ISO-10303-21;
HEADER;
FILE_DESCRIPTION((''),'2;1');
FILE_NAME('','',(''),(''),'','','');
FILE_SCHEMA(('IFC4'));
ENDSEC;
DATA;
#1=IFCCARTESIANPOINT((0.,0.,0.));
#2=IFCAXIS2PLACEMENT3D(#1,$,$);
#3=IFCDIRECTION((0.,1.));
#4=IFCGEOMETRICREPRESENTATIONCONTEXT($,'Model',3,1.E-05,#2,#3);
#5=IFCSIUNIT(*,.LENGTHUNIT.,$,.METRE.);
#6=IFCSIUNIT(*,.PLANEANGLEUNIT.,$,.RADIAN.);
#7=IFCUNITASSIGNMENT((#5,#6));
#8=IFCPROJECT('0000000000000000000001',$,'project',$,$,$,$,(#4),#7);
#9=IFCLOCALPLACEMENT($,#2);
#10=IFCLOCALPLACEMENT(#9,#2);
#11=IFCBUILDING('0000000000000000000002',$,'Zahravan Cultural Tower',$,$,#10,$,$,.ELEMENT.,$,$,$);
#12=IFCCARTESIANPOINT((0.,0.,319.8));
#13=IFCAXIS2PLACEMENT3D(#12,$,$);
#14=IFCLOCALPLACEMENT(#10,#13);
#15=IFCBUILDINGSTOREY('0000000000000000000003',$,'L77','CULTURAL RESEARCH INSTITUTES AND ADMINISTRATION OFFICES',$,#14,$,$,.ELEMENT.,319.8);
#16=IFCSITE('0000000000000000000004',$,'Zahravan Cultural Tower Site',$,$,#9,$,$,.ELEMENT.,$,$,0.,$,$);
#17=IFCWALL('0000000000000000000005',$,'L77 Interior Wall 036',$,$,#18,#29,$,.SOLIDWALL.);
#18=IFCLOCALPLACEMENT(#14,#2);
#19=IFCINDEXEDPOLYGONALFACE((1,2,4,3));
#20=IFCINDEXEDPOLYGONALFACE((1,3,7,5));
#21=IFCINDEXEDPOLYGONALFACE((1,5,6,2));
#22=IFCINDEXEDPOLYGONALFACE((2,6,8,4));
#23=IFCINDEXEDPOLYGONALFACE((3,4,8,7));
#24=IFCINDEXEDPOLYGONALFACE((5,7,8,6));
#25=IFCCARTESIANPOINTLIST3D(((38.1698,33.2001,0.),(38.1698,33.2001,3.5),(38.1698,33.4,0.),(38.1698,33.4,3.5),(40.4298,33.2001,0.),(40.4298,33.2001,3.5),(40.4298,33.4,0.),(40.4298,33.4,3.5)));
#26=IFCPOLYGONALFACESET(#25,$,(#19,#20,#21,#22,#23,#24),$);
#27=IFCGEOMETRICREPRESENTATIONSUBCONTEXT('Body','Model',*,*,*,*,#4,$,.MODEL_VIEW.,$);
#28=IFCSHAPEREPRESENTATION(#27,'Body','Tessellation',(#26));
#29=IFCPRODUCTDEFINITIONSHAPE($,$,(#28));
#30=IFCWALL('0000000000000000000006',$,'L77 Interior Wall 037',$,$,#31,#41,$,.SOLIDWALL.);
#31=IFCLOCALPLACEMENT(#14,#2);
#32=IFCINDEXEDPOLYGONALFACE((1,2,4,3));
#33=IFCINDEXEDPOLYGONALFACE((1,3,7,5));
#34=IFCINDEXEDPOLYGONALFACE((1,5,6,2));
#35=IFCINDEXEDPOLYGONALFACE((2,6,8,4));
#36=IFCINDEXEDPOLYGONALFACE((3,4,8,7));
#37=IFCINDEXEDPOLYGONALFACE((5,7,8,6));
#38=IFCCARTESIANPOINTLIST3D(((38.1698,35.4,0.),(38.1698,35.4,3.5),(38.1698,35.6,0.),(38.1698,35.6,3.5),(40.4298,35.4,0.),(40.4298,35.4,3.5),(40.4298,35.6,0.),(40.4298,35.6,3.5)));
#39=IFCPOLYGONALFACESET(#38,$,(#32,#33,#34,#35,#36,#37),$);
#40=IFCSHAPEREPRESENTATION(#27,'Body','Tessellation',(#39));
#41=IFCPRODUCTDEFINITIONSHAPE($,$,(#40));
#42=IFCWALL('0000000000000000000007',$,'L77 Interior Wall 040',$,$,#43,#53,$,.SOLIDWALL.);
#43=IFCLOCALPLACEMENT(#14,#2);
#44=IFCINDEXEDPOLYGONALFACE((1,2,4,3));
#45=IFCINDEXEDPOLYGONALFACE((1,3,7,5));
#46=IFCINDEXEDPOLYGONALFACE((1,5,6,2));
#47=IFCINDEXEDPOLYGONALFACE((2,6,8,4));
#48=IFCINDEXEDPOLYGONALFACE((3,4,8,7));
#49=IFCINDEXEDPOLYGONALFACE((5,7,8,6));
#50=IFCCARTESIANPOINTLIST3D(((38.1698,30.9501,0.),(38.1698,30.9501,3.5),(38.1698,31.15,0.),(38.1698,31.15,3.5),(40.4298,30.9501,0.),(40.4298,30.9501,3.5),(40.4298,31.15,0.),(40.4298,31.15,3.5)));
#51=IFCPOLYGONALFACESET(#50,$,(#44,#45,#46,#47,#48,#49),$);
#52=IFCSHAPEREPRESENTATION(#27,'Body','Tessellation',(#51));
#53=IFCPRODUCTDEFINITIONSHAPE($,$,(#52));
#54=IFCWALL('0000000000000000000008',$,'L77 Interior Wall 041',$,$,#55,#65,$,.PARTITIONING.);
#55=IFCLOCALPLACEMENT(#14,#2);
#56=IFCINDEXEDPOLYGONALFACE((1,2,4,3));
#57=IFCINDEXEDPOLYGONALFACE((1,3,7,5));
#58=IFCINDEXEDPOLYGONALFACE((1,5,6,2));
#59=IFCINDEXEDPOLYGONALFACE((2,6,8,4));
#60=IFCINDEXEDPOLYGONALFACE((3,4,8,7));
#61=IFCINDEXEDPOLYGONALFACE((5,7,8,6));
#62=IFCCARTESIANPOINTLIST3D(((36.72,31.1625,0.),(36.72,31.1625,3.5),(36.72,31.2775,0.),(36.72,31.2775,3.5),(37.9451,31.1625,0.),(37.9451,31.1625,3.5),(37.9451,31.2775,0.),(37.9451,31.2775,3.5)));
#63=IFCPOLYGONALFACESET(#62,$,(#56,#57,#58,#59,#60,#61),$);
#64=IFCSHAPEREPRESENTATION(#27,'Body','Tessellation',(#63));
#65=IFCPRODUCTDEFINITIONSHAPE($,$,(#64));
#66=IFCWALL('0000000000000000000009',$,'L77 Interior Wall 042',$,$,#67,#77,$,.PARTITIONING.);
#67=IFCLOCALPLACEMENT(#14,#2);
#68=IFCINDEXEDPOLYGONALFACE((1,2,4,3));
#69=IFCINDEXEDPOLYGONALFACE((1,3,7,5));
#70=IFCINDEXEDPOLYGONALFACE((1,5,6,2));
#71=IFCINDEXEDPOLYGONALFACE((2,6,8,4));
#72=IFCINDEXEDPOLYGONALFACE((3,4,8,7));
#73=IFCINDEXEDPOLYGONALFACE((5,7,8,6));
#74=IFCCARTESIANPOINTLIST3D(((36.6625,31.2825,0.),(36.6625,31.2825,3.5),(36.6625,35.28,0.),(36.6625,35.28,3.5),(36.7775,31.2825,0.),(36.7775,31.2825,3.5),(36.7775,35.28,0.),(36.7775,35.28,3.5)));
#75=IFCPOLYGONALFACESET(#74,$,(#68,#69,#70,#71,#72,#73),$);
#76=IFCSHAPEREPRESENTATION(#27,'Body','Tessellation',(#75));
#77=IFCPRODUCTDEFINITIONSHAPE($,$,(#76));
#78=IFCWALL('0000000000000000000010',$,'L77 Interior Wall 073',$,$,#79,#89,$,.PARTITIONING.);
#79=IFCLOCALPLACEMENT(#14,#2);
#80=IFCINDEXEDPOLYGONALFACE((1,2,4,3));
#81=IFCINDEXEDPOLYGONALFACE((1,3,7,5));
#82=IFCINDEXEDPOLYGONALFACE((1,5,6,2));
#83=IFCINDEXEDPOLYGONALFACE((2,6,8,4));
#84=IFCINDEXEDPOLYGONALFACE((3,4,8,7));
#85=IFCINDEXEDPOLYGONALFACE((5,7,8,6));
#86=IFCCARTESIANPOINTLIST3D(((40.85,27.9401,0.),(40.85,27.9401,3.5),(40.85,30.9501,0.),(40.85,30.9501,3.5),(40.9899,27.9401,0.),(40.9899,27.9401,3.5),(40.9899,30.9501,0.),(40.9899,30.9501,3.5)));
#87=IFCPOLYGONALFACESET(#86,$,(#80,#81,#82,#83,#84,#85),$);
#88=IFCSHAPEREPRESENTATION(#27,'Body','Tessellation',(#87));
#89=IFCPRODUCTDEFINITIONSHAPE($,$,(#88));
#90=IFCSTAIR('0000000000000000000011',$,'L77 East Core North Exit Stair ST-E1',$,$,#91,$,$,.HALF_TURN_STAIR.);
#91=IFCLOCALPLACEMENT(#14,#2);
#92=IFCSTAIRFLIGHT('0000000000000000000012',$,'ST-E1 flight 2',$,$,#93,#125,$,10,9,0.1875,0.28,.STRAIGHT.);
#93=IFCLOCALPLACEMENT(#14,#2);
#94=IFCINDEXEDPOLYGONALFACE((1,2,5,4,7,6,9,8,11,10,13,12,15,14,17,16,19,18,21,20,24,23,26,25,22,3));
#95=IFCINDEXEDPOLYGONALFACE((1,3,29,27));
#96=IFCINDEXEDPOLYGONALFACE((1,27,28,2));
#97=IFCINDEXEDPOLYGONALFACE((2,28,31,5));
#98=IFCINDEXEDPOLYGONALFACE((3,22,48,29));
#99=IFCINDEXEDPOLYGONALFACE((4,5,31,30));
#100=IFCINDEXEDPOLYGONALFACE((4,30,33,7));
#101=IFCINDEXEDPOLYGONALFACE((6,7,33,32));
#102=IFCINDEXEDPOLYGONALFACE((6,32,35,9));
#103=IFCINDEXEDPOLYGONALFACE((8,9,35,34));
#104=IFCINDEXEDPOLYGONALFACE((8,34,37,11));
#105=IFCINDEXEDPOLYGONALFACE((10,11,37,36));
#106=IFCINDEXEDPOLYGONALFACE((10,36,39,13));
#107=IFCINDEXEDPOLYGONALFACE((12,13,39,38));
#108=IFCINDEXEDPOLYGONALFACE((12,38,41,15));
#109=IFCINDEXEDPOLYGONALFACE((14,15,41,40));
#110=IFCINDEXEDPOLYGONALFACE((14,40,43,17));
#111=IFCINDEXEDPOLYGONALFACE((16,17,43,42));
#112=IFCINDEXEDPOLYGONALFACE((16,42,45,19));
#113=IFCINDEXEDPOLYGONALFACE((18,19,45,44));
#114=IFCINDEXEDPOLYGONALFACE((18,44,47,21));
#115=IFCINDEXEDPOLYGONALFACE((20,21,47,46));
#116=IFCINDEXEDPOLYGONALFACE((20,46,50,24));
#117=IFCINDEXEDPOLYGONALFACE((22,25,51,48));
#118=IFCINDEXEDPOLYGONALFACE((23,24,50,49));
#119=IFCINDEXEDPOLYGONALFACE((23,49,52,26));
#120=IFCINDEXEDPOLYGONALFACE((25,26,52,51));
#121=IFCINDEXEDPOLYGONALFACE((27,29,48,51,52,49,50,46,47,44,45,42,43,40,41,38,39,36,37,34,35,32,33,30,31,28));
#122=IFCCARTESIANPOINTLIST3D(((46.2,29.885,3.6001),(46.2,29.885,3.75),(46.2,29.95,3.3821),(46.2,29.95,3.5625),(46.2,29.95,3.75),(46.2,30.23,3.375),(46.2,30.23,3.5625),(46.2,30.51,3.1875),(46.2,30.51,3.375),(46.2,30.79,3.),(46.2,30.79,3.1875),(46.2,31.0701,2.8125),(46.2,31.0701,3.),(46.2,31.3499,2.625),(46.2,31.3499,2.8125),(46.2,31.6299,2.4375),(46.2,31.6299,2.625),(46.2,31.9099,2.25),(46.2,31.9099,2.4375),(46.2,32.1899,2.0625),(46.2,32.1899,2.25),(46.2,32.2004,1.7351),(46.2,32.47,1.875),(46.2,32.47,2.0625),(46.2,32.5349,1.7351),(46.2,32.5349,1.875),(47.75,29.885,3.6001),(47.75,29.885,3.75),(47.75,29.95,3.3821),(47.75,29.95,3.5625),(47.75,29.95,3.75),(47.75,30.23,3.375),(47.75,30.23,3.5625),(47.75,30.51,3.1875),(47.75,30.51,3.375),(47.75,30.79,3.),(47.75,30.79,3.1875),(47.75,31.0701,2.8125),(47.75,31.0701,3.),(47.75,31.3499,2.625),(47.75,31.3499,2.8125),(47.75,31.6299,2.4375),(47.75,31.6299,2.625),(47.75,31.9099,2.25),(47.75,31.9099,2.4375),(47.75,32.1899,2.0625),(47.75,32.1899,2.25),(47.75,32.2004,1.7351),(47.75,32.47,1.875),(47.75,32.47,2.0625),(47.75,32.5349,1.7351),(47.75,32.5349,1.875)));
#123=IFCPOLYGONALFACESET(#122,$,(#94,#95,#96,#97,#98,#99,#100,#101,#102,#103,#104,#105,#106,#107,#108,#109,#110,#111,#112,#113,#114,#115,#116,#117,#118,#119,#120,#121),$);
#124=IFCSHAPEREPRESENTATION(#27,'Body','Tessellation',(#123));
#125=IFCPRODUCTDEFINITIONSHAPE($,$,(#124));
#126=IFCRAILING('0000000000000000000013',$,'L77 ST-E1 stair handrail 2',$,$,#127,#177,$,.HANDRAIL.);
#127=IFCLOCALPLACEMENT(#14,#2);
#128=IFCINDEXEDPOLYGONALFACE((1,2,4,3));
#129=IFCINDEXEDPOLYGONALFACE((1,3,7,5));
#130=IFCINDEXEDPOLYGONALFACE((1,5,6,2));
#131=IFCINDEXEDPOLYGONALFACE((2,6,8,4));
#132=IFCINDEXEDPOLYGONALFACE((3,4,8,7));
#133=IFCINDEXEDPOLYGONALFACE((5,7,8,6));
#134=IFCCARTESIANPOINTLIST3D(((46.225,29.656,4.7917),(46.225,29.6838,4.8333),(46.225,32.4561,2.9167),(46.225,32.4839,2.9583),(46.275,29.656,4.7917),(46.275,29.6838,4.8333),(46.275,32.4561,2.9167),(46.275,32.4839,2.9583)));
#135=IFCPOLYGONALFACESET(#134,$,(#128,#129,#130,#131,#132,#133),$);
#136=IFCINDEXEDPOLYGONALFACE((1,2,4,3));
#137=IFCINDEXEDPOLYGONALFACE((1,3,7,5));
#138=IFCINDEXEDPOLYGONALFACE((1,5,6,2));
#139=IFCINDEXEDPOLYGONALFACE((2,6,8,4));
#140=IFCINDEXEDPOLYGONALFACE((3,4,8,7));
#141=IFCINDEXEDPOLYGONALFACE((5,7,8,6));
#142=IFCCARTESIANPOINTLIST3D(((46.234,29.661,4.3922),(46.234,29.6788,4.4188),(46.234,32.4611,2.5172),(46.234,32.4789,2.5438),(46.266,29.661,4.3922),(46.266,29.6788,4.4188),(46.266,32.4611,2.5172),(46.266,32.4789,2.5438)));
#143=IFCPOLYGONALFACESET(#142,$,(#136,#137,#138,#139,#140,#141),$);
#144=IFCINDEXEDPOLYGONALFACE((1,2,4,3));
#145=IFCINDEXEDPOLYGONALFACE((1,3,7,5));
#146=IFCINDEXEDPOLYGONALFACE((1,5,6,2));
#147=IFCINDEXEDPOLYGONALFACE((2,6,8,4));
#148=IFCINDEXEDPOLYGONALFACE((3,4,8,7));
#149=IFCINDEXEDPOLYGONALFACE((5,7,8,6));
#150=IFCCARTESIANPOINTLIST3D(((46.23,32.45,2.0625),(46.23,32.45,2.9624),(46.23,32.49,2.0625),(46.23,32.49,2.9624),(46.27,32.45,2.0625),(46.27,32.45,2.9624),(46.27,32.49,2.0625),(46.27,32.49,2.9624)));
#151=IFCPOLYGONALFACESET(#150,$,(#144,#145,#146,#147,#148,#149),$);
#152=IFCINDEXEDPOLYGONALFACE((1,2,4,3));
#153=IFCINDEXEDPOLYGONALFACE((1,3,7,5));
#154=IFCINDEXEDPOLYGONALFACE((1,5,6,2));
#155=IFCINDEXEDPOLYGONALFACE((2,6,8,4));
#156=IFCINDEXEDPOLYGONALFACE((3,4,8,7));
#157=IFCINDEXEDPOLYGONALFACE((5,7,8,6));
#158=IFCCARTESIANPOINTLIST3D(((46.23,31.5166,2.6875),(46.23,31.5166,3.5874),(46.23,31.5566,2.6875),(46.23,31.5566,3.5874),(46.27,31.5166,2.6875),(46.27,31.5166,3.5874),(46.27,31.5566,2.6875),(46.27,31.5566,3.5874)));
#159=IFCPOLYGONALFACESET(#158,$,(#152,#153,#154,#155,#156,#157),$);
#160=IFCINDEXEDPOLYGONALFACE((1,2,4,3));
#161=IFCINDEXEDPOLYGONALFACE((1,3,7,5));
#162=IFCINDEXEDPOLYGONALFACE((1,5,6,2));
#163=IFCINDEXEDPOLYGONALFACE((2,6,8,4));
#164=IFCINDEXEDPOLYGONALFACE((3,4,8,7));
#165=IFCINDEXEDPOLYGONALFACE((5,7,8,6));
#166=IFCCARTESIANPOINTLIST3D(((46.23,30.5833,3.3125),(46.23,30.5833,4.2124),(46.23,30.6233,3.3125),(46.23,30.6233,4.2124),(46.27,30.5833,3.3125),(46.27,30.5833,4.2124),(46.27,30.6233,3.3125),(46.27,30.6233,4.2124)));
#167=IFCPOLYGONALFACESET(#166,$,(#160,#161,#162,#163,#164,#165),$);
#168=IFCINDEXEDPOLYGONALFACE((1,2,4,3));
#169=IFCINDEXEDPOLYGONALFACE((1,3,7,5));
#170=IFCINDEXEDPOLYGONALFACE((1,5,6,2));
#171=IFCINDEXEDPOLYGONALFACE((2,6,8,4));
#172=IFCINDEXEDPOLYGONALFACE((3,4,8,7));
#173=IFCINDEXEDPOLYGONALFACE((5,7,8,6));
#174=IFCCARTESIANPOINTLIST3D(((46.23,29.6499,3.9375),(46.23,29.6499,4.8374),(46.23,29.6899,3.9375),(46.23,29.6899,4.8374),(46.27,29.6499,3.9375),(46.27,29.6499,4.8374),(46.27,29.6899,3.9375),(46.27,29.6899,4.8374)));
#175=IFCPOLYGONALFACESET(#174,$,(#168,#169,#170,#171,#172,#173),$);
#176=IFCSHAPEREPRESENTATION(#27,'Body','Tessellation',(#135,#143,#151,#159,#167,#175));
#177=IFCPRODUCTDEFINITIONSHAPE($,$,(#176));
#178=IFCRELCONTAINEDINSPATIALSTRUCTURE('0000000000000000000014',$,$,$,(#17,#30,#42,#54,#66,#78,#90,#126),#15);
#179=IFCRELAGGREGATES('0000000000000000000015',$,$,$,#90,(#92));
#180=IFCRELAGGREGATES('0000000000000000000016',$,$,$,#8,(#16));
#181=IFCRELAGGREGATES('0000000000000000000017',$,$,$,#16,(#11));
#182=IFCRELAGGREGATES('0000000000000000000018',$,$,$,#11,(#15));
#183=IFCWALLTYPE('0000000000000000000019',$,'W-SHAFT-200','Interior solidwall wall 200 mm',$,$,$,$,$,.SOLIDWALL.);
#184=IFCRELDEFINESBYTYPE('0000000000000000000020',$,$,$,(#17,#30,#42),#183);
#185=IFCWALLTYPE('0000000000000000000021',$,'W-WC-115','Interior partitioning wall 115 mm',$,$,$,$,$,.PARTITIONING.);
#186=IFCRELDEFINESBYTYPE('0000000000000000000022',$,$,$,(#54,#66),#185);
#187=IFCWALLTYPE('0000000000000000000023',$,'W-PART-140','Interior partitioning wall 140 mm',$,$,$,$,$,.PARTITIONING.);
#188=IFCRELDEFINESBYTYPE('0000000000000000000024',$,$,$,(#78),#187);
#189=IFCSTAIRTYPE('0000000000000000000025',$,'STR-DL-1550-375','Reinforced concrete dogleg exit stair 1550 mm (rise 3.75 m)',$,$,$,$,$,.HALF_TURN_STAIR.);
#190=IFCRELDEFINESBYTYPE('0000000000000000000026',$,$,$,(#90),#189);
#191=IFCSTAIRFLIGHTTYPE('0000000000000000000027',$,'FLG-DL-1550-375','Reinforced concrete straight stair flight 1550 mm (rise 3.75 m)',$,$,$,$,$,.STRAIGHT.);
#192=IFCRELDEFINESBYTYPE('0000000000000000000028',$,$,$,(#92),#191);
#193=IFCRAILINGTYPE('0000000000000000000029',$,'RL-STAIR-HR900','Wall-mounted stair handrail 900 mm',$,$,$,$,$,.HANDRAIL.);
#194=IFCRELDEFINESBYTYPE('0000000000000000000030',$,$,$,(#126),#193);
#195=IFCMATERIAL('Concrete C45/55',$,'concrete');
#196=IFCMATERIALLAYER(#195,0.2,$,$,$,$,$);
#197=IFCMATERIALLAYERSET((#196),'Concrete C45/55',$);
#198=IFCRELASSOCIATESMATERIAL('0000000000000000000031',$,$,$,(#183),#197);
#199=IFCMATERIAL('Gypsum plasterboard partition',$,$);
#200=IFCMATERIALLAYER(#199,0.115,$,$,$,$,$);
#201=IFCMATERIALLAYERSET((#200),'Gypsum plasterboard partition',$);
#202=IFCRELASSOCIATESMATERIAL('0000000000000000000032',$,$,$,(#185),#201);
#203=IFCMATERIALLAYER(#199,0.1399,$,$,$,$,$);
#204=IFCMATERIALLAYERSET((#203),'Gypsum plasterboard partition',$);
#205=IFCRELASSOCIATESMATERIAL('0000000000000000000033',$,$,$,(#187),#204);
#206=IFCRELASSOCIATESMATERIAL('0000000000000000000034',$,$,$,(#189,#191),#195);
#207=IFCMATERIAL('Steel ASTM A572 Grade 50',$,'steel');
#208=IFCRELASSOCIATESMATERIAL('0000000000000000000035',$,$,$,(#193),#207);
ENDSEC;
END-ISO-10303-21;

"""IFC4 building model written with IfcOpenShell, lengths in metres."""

from ifc_helpers import new_model, si_unit, direction, frame, frame_2d, origin, origin_2d, place, context, subcontext, project, spatial, polyline, rectangle, outline, extrude, source, transform, mapped, material, layer, layer_set, type_object, element, aggregate, save


model = new_model("IFC4")

# Units and contexts
model_context = context("Model", 3, precision=1e-05, world=origin(), true_north=direction((0.0, 1.0)))
body_context = subcontext(model_context, "Body", "Model", "MODEL_VIEW")
ifc_project = project(units=[si_unit("LENGTHUNIT", "METRE"), si_unit("PLANEANGLEUNIT", "RADIAN")], contexts=[model_context])

# Site, building, storey
site_placement = place(None, origin())
site = spatial("IfcSite", under=ifc_project, at=site_placement, Name="Zahravan Cultural Tower Site", CompositionType="ELEMENT", RefElevation=0.0)
building_placement = place(site_placement, origin())
building = spatial("IfcBuilding", under=site, at=building_placement, Name="Zahravan Cultural Tower", CompositionType="ELEMENT")
storey_placement = place(building_placement, frame((0.0, 0.0, 319.8)))
storey = spatial("IfcBuildingStorey", under=building, at=storey_placement, Name="L77", Description="CULTURAL RESEARCH INSTITUTES AND ADMINISTRATION OFFICES", CompositionType="ELEMENT", Elevation=319.8)

# Shared definitions
ifc_material_1 = material(Name="Steel ASTM A572 Grade 50", Category="steel")

# Shared definitions
ifc_material_2 = material(Name="Concrete C45/55", Category="concrete")
ifc_layer_1 = layer(ifc_material_2, 0.2)
ifc_layer_set_1 = layer_set([ifc_layer_1], Name="Concrete C45/55")
wall_type_1 = type_object("IfcWallType", Name="W-SHAFT-200", Description="Interior solidwall wall 200 mm", PredefinedType="SOLIDWALL", material=ifc_layer_set_1)
ifc_material_3 = material(Name="Gypsum plasterboard partition")
ifc_layer_2 = layer(ifc_material_3, 0.115)
ifc_layer_set_2 = layer_set([ifc_layer_2], Name="Gypsum plasterboard partition")
wall_type_2 = type_object("IfcWallType", Name="W-WC-115", Description="Interior partitioning wall 115 mm", PredefinedType="PARTITIONING", material=ifc_layer_set_2)

# Walls
shared_shape_1 = source(origin(), body_context, "Body", "SweptSolid", [
    extrude(rectangle(XDim=2.26, YDim=0.2, at=frame_2d((1.1299, 0.0))), origin(), (0.0, 0.0, 1.0), 3.5),
])
for number, where, z_axis, x_axis, name in (
    (1, (38.1699, 33.3, 0.0), (0.0, 0.0, 1.0), (1.0, 0.0, 0.0), "L77 Interior Wall 036"),
    (2, (38.1699, 35.5, 0.0), (0.0, 0.0, 1.0), (1.0, 0.0, 0.0), "L77 Interior Wall 037"),
    (3, (38.1699, 31.05, 0.0), (0.0, 0.0, 1.0), (1.0, 0.0, 0.0), "L77 Interior Wall 040"),
):
    element("IfcWall", number, at=place(storey_placement, frame(where, z_axis=z_axis, x_axis=x_axis)), inside=storey, type_object=wall_type_1, Name=name, PredefinedType="SOLIDWALL", context=body_context, shape_type="MappedRepresentation", body=[
        mapped(shared_shape_1, transform((0.0, 0.0, 0.0), x_axis=(1.0, 0.0, 0.0), y_axis=(0.0, 1.0, 0.0), z_axis=(0.0, 0.0, 1.0), scale=1.0)),
    ])
shared_shape_2 = source(origin(), body_context, "Body", "SweptSolid", [
    extrude(rectangle(XDim=1.2251, YDim=0.115, at=frame_2d((0.6125, 0.0))), origin(), (0.0, 0.0, 1.0), 3.5),
])
wall_1_placement = place(storey_placement, frame((37.9451, 31.22, 0.0), z_axis=(0.0, 0.0, 1.0), x_axis=(-1.0, 0.0, 0.0)))
element("IfcWall", 4, at=wall_1_placement, inside=storey, type_object=wall_type_2, Name="L77 Interior Wall 041", PredefinedType="PARTITIONING", context=body_context, shape_type="MappedRepresentation", body=[
    mapped(shared_shape_2, transform((0.0, 0.0, 0.0), x_axis=(1.0, 0.0, 0.0), y_axis=(0.0, 1.0, 0.0), z_axis=(0.0, 0.0, 1.0), scale=1.0)),
])
shared_shape_3 = source(origin(), body_context, "Body", "SweptSolid", [
    extrude(rectangle(XDim=3.9976, YDim=0.115, at=frame_2d((1.9988, 0.0))), origin(), (0.0, 0.0, 1.0), 3.5),
])
wall_2_placement = place(storey_placement, frame((36.72, 31.2825, 0.0), z_axis=(0.0, 0.0, 1.0), x_axis=(0.0, 1.0, 0.0)))
element("IfcWall", 5, at=wall_2_placement, inside=storey, type_object=wall_type_2, Name="L77 Interior Wall 042", PredefinedType="PARTITIONING", context=body_context, shape_type="MappedRepresentation", body=[
    mapped(shared_shape_3, transform((0.0, 0.0, 0.0), x_axis=(1.0, 0.0, 0.0), y_axis=(0.0, 1.0, 0.0), z_axis=(0.0, 0.0, 1.0), scale=1.0)),
])
ifc_layer_3 = layer(ifc_material_3, 0.1399)
ifc_layer_set_3 = layer_set([ifc_layer_3], Name="Gypsum plasterboard partition")
wall_type_3 = type_object("IfcWallType", Name="W-PART-140", Description="Interior partitioning wall 140 mm", PredefinedType="PARTITIONING", material=ifc_layer_set_3)
shared_shape_4 = source(origin(), body_context, "Body", "SweptSolid", [
    extrude(rectangle(XDim=3.01, YDim=0.1399, at=frame_2d((1.5049, 0.0))), origin(), (0.0, 0.0, 1.0), 3.5),
])
wall_3_placement = place(storey_placement, frame((40.9199, 30.95, 0.0), z_axis=(0.0, 0.0, 1.0), x_axis=(0.0, -1.0, 0.0)))
element("IfcWall", 6, at=wall_3_placement, inside=storey, type_object=wall_type_3, Name="L77 Interior Wall 073", PredefinedType="PARTITIONING", context=body_context, shape_type="MappedRepresentation", body=[
    mapped(shared_shape_4, transform((0.0, 0.0, 0.0), x_axis=(1.0, 0.0, 0.0), y_axis=(0.0, 1.0, 0.0), z_axis=(0.0, 0.0, 1.0), scale=1.0)),
])

# Stair, stair flight
stair_type = type_object("IfcStairType", Name="STR-DL-1550-375", Description="Reinforced concrete dogleg exit stair 1550 mm (rise 3.75 m)", PredefinedType="HALF_TURN_STAIR", material=ifc_material_2)
stair_placement = place(storey_placement, origin())
stair = element("IfcStair", 7, at=stair_placement, inside=storey, type_object=stair_type, Name="L77 East Core North Exit Stair ST-E1", PredefinedType="HALF_TURN_STAIR")
stair_flight_type = type_object("IfcStairFlightType", Name="FLG-DL-1550-375", Description="Reinforced concrete straight stair flight 1550 mm (rise 3.75 m)", PredefinedType="STRAIGHT", material=ifc_material_2)
stair_flight_placement = place(storey_placement, frame((46.9751, 32.47, 1.875), z_axis=(0.0, 0.0, 1.0), x_axis=(0.0, -1.0, 0.0)))
stair_flight = element("IfcStairFlight", 8, at=stair_flight_placement, type_object=stair_flight_type, Name="ST-E1 flight 2", NumberOfRisers=10, NumberOfTreads=9, PredefinedType="STRAIGHT", RiserHeight=0.1875, TreadLength=0.28, context=body_context, shape_type="SweptSolid", body=[
    extrude(outline(polyline([(-0.0649, -0.1399), (-0.0649, 0.0), (0.0, 0.0), (0.0, 0.1875), (0.28, 0.1875), (0.28, 0.375), (0.5601, 0.375), (0.5601, 0.5625), (0.8401, 0.5625), (0.8401, 0.75), (1.1201, 0.75), (1.1201, 0.9375), (1.3999, 0.9375), (1.3999, 1.125), (1.6799, 1.125), (1.6799, 1.3125), (1.96, 1.3125), (1.96, 1.5), (2.24, 1.5), (2.24, 1.6875), (2.52, 1.6875), (2.52, 1.875), (2.585, 1.875), (2.585, 1.7251), (2.52, 1.5071), (0.2695, -0.1399), (-0.0649, -0.1399)])), frame((0.0, 0.7749, 0.0), z_axis=(0.0, -1.0, 0.0), x_axis=(1.0, 0.0, 0.0)), (0.0, 0.0, 1.0), 1.55),
])
aggregate(stair, [stair_flight])

# Railing
railing_type = type_object("IfcRailingType", Name="RL-STAIR-HR900", Description="Wall-mounted stair handrail 900 mm", PredefinedType="HANDRAIL", material=ifc_material_1)
railing_placement = place(storey_placement, frame((46.25, 32.47, 2.0625)))
element("IfcRailing", 9, at=railing_placement, inside=storey, type_object=railing_type, Name="L77 ST-E1 stair handrail 2", PredefinedType="HANDRAIL", context=body_context, shape_type="SweptSolid", body=[
    extrude(rectangle(XDim=0.05, YDim=0.05, at=origin_2d()), frame((0.0, 0.0, 0.875), z_axis=(0.0, -0.830912, 0.556404), x_axis=(1.0, 0.0, 0.0)), (0.0, 0.0, 1.0), 3.3699),
    extrude(rectangle(XDim=0.032, YDim=0.032, at=origin_2d()), frame((0.0, 0.0, 0.468), z_axis=(0.0, -0.830912, 0.556404), x_axis=(1.0, 0.0, 0.0)), (0.0, 0.0, 1.0), 3.3699),
    extrude(rectangle(XDim=0.04, YDim=0.04, at=origin_2d()), origin(), (0.0, 0.0, 1.0), 0.8999),
    extrude(rectangle(XDim=0.04, YDim=0.04, at=origin_2d()), frame((0.0, -0.9333, 0.625)), (0.0, 0.0, 1.0), 0.8999),
    extrude(rectangle(XDim=0.04, YDim=0.04, at=origin_2d()), frame((0.0, -1.8667, 1.25)), (0.0, 0.0, 1.0), 0.8999),
    extrude(rectangle(XDim=0.04, YDim=0.04, at=origin_2d()), frame((0.0, -2.8, 1.875)), (0.0, 0.0, 1.0), 0.8999),
])

save(model, "model.ifc")
